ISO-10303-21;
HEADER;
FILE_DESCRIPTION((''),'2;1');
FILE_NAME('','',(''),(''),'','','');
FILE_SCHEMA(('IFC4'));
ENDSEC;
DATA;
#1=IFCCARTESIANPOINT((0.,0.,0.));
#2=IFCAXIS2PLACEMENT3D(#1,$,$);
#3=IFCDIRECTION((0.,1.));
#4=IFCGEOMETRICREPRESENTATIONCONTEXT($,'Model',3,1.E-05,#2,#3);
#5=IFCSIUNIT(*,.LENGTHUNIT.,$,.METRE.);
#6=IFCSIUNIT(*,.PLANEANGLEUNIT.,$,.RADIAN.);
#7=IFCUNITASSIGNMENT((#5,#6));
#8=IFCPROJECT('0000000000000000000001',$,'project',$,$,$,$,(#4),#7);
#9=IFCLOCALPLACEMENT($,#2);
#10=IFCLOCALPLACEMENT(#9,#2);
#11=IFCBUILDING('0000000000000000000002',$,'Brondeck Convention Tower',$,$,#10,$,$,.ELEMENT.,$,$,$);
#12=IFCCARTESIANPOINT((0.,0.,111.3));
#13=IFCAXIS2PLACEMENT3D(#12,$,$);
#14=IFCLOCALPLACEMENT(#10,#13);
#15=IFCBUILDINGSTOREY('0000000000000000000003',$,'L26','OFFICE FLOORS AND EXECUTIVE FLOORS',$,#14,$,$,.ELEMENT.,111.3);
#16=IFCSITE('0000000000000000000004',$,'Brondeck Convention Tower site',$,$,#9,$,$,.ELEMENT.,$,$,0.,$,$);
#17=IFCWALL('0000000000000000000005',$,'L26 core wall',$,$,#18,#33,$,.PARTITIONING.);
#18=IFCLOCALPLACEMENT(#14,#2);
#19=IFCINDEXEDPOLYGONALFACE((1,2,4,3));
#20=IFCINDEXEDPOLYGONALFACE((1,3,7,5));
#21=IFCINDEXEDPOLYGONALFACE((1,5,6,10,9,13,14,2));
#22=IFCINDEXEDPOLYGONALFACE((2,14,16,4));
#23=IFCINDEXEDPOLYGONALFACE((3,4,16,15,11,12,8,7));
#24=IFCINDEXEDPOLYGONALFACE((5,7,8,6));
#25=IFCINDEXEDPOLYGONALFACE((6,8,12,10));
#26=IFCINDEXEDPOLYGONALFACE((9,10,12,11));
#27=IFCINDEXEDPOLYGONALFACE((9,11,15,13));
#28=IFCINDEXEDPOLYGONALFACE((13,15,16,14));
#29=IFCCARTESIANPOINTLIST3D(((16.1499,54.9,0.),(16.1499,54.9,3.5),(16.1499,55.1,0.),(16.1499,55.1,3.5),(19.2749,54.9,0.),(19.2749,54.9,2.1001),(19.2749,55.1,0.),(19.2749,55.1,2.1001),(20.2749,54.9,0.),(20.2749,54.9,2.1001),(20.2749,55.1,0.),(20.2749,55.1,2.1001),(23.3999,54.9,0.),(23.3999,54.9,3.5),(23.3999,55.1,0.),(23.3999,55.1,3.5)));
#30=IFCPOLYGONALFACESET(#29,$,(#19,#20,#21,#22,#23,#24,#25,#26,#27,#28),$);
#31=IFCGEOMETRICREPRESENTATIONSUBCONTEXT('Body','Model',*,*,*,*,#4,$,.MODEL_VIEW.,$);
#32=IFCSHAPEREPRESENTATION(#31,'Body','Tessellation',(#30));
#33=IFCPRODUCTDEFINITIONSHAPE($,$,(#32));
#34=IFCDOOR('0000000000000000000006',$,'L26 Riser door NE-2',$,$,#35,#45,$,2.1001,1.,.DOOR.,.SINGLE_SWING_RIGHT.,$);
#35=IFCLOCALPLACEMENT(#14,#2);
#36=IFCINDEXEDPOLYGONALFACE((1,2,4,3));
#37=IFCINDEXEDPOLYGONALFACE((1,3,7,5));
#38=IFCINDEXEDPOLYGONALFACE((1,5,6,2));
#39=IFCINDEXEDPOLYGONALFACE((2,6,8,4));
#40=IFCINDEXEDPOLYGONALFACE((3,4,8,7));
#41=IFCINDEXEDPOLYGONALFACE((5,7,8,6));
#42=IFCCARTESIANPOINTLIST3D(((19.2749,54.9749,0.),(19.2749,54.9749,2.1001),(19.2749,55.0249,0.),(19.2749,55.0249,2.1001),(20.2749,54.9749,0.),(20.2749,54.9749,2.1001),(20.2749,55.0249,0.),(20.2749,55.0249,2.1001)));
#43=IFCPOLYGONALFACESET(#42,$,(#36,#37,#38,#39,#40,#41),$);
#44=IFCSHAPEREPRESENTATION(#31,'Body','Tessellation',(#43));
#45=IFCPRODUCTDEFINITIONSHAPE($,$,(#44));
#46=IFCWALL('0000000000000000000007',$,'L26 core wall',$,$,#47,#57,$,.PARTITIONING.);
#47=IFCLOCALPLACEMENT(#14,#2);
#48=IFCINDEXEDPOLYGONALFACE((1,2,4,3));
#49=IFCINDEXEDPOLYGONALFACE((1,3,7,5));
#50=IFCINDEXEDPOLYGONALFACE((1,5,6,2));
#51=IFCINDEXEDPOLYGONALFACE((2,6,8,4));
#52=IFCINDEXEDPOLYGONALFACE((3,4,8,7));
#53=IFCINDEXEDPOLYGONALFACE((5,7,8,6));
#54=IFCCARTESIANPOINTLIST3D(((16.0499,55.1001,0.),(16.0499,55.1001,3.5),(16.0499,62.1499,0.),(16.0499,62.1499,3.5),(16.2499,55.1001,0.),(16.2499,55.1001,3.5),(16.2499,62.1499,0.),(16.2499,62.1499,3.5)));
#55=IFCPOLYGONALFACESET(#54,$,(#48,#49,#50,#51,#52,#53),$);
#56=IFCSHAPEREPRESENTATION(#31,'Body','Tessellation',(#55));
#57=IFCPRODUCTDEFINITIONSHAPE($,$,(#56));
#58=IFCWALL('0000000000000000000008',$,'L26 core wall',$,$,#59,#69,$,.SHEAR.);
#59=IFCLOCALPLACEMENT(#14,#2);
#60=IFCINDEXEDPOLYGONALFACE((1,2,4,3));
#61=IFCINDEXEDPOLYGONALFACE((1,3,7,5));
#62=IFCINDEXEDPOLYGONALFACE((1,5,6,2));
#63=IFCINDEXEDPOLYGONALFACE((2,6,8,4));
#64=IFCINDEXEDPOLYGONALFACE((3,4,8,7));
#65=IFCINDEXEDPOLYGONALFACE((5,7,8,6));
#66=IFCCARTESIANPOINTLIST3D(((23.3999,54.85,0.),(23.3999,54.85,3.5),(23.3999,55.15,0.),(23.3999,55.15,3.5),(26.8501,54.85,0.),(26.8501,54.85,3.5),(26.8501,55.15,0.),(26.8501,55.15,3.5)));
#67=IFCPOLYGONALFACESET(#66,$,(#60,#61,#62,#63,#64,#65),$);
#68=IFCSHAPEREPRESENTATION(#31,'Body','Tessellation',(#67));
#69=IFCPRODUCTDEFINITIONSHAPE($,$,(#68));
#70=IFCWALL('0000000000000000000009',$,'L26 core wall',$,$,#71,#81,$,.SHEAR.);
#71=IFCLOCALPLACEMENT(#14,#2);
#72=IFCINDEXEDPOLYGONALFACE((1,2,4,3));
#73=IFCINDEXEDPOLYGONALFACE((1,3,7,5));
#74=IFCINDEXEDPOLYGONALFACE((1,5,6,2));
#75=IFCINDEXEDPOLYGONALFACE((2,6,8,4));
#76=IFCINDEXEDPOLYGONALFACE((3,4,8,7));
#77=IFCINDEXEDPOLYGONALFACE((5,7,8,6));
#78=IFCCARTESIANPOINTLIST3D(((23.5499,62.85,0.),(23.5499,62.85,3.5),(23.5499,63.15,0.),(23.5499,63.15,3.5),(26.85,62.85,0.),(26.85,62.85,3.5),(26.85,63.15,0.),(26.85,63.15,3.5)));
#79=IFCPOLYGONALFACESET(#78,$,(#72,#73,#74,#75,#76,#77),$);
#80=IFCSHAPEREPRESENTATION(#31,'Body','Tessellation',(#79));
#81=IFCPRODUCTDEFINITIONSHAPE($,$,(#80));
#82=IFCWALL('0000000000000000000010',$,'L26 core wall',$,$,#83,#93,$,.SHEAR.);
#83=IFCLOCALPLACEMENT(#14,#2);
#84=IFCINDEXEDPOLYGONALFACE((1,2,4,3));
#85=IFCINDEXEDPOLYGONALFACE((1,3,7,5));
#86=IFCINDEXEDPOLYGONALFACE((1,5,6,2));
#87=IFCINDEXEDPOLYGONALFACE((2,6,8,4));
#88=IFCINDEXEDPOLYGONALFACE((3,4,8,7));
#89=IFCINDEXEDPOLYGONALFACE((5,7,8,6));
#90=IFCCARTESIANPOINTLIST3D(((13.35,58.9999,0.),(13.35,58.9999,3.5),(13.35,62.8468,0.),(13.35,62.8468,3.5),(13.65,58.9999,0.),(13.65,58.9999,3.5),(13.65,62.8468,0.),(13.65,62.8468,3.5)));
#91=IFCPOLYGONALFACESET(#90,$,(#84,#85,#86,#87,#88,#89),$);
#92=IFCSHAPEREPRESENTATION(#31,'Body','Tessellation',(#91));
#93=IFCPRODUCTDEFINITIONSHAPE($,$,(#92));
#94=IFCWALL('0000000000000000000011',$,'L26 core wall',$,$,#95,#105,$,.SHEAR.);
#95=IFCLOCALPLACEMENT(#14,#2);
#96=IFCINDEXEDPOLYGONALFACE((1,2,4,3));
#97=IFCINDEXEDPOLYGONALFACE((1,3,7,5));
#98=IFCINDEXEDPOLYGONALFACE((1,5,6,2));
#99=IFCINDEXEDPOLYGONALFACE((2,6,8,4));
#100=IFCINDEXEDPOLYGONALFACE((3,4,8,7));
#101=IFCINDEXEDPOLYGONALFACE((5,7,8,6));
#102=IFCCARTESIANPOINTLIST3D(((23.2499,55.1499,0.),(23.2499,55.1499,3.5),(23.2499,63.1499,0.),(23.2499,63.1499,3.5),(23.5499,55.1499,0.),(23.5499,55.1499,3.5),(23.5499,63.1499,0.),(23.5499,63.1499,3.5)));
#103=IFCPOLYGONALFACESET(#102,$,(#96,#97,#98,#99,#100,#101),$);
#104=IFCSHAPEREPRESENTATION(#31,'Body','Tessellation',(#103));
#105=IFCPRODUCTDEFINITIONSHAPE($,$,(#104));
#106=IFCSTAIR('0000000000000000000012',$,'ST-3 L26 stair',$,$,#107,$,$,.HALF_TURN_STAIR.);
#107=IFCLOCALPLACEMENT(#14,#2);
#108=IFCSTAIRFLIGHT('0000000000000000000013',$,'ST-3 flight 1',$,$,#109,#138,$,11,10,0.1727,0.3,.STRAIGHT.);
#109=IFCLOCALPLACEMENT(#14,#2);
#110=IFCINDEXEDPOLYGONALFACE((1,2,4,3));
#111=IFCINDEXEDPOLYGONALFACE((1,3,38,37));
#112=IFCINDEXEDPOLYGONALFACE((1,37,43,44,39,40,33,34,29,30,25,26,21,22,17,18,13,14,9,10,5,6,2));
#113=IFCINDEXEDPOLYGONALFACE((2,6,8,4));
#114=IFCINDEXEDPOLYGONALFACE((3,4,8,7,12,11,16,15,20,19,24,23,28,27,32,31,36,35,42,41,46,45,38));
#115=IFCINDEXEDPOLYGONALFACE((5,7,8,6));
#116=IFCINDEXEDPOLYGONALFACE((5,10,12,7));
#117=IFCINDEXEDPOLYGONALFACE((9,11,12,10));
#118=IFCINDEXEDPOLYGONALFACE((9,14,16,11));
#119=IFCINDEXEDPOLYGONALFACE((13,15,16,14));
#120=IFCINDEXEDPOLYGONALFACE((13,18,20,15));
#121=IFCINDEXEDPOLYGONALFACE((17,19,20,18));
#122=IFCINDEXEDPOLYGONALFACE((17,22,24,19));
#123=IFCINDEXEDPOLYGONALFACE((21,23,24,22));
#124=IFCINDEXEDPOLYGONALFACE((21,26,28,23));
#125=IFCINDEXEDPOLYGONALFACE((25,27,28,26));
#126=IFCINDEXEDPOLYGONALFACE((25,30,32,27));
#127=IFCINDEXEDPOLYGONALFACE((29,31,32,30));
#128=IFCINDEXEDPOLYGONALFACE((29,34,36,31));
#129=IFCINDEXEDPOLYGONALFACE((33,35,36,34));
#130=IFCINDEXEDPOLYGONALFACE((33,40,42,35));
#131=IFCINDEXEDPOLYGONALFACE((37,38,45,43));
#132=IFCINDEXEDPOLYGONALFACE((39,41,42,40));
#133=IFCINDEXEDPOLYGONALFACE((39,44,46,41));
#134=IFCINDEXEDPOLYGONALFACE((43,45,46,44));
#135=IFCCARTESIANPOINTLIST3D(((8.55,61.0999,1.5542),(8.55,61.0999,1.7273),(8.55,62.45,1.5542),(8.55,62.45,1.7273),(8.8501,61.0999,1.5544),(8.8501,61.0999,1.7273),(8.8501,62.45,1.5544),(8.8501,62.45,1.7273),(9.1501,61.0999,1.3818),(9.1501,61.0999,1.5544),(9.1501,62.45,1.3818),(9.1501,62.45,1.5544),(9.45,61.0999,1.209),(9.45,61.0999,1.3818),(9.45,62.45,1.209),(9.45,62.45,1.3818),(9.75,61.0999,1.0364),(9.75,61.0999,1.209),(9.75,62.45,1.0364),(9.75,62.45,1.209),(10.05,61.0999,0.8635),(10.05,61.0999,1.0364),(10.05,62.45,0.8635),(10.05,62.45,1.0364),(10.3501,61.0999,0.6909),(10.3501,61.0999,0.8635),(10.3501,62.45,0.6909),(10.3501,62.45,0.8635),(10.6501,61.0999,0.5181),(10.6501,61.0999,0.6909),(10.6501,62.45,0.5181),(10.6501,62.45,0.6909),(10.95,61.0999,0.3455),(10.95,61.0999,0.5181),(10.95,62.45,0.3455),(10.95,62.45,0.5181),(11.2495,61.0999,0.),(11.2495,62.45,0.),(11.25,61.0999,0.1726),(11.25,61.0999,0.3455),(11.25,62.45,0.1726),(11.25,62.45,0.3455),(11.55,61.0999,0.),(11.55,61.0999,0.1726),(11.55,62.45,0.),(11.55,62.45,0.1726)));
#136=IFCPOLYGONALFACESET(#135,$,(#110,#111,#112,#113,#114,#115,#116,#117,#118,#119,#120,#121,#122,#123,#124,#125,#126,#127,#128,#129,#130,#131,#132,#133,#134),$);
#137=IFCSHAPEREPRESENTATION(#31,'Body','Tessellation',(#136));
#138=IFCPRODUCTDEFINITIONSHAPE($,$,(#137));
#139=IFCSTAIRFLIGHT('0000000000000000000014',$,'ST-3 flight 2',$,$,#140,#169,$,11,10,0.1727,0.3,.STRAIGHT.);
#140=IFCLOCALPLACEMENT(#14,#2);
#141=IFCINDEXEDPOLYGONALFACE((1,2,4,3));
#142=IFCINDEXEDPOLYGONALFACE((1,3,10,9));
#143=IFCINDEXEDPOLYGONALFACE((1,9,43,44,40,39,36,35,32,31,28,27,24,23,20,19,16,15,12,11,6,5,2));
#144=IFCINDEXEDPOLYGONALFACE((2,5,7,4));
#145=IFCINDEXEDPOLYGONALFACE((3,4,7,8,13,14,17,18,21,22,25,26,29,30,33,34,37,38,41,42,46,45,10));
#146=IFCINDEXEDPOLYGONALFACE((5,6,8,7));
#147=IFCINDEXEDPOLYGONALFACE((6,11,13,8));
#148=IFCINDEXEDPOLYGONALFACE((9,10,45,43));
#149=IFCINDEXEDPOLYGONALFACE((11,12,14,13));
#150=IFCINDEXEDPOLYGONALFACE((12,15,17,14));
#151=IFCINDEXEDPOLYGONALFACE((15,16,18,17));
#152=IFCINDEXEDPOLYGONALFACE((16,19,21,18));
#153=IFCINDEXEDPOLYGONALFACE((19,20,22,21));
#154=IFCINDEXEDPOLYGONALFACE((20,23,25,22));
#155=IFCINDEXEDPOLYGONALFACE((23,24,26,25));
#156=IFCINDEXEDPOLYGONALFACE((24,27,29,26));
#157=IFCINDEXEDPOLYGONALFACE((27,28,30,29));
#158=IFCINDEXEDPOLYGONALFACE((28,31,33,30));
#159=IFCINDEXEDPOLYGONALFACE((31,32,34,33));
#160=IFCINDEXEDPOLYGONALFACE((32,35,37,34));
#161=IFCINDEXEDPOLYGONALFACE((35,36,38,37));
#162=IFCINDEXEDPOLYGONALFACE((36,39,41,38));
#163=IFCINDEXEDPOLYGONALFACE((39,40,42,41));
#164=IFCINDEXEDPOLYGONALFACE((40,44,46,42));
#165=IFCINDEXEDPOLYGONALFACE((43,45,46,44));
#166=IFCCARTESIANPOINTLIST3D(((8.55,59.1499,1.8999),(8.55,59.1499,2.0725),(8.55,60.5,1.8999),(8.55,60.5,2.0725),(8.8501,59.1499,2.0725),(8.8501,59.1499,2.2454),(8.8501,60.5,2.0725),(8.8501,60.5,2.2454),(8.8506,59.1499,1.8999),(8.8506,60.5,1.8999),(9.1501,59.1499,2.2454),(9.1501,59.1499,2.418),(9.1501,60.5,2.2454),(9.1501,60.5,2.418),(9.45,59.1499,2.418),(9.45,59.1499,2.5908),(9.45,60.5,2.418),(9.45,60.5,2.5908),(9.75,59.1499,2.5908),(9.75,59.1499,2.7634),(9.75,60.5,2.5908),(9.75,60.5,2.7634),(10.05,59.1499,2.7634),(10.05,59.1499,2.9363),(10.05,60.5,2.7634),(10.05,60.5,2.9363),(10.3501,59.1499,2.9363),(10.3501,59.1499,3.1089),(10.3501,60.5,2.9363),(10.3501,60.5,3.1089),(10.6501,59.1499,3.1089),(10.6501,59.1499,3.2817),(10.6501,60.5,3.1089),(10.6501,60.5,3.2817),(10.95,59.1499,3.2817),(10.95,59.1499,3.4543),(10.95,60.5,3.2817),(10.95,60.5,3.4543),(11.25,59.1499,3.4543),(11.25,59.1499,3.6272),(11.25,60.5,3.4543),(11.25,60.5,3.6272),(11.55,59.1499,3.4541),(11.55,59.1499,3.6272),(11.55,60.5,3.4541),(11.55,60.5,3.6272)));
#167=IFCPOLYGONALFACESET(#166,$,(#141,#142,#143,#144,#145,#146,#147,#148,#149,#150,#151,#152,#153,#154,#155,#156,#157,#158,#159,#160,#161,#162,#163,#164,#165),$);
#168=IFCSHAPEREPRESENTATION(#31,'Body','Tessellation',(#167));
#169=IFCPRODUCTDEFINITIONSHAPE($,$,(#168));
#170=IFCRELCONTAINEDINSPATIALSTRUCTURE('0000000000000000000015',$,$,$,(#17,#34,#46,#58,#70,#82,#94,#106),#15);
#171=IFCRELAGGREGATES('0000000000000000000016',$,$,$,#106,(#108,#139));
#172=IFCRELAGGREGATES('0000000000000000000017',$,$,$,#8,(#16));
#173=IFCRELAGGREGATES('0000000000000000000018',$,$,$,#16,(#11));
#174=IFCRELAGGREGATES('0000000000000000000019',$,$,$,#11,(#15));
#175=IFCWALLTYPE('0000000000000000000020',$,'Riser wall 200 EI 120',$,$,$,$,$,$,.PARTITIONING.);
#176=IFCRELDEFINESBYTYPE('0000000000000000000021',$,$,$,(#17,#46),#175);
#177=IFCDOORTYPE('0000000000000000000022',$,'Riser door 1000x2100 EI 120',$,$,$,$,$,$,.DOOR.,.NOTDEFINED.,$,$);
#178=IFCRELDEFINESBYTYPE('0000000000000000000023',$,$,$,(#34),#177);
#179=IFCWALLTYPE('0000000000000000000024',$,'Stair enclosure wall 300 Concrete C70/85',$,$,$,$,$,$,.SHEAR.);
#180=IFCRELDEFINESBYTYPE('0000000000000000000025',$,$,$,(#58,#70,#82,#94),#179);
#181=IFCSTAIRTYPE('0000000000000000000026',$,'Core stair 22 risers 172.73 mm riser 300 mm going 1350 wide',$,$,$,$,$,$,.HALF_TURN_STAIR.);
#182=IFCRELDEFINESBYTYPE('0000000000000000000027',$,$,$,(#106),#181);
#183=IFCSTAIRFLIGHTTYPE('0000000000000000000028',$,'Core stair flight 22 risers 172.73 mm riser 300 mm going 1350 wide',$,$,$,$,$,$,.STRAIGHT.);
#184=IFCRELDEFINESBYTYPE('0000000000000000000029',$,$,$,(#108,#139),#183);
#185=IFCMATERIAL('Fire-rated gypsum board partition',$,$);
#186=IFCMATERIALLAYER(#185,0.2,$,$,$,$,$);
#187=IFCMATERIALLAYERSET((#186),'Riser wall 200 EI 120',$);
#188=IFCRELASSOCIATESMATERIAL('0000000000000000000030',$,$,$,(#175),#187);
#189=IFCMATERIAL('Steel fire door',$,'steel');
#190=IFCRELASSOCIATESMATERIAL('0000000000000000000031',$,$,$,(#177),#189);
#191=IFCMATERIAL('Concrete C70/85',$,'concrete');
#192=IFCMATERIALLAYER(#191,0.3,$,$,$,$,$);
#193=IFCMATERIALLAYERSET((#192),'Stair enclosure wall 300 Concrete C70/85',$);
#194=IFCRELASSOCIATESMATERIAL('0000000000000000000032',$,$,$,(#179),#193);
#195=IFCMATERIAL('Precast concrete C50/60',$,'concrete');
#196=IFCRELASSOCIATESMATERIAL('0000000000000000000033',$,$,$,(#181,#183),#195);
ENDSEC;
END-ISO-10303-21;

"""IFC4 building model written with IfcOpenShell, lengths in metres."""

from ifc_helpers import new_model, si_unit, direction, frame, frame_2d, origin, place, context, subcontext, project, spatial, polyline, rectangle, outline, extrude, material, layer, layer_set, type_object, element, fill, aggregate, save


model = new_model("IFC4")

# Units and contexts
model_context = context("Model", 3, precision=1e-05, world=origin(), true_north=direction((0.0, 1.0)))
body_context = subcontext(model_context, "Body", "Model", "MODEL_VIEW")
ifc_project = project(units=[si_unit("LENGTHUNIT", "METRE"), si_unit("PLANEANGLEUNIT", "RADIAN")], contexts=[model_context])

# Site, building, storey
site_placement = place(None, origin())
site = spatial("IfcSite", under=ifc_project, at=site_placement, Name="Brondeck Convention Tower site", CompositionType="ELEMENT", RefElevation=0.0)
building_placement = place(site_placement, origin())
building = spatial("IfcBuilding", under=site, at=building_placement, Name="Brondeck Convention Tower", CompositionType="ELEMENT")
storey_placement = place(building_placement, frame((0.0, 0.0, 111.3)))
storey = spatial("IfcBuildingStorey", under=building, at=storey_placement, Name="L26", Description="OFFICE FLOORS AND EXECUTIVE FLOORS", CompositionType="ELEMENT", Elevation=111.3)

# Shared definitions
ifc_material_1 = material(Name="Concrete C70/85", Category="concrete")

# Shared definitions
ifc_material_2 = material(Name="Fire-rated gypsum board partition")
ifc_material_3 = material(Name="Steel fire door", Category="steel")

# Shared definitions
ifc_layer_1 = layer(ifc_material_2, 0.2)
ifc_layer_set_1 = layer_set([ifc_layer_1], Name="Riser wall 200 EI 120")
wall_type_1 = type_object("IfcWallType", Name="Riser wall 200 EI 120", PredefinedType="PARTITIONING", material=ifc_layer_set_1)

# Wall, opening, door
wall_1_placement = place(storey_placement, frame((16.1499, 55.0, 0.0), z_axis=(0.0, 0.0, 1.0), x_axis=(1.0, 0.0, 0.0)))
wall_1 = element("IfcWall", 1, at=wall_1_placement, inside=storey, type_object=wall_type_1, Name="L26 core wall", PredefinedType="PARTITIONING", context=body_context, shape_type="SweptSolid", body=[
    extrude(rectangle(XDim=7.25, YDim=0.2, at=frame_2d((3.625, 0.0))), origin(), (0.0, 0.0, 1.0), 3.5),
])
opening_1_placement = place(wall_1_placement, frame((3.125, 0.0, 0.0)))
opening_1 = element("IfcOpeningElement", 2, at=opening_1_placement, cuts=wall_1, PredefinedType="OPENING", context=body_context, shape_type="SweptSolid", body=[
    extrude(rectangle(XDim=1.0, YDim=2.1001, at=frame_2d((0.5, 1.05))), frame((0.0, 0.1099, 0.0), z_axis=(0.0, -1.0, 0.0), x_axis=(1.0, 0.0, 0.0)), (0.0, 0.0, 1.0), 0.22),
])
door_type_1 = type_object("IfcDoorType", Name="Riser door 1000x2100 EI 120", OperationType="NOTDEFINED", PredefinedType="DOOR", material=ifc_material_3)
door_1_placement = place(opening_1_placement, origin())
door_1 = element("IfcDoor", 3, at=door_1_placement, inside=storey, type_object=door_type_1, Name="L26 Riser door NE-2", OperationType="SINGLE_SWING_RIGHT", OverallHeight=2.1001, OverallWidth=1.0, PredefinedType="DOOR", context=body_context, shape_type="SweptSolid", body=[
    extrude(rectangle(XDim=1.0, YDim=2.1001, at=frame_2d((0.5, 1.05))), frame((0.0, 0.0249, 0.0), z_axis=(0.0, -1.0, 0.0), x_axis=(1.0, 0.0, 0.0)), (0.0, 0.0, 1.0), 0.05),
])
fill(opening_1, door_1)

# Walls
wall_2_placement = place(storey_placement, frame((16.1499, 55.1001, 0.0), z_axis=(0.0, 0.0, 1.0), x_axis=(0.0, 1.0, 0.0)))
element("IfcWall", 4, at=wall_2_placement, inside=storey, type_object=wall_type_1, Name="L26 core wall", PredefinedType="PARTITIONING", context=body_context, shape_type="SweptSolid", body=[
    extrude(rectangle(XDim=7.0498, YDim=0.2, at=frame_2d((3.5249, 0.0))), origin(), (0.0, 0.0, 1.0), 3.5),
])
ifc_layer_2 = layer(ifc_material_1, 0.3)
ifc_layer_set_2 = layer_set([ifc_layer_2], Name="Stair enclosure wall 300 Concrete C70/85")
wall_type_2 = type_object("IfcWallType", Name="Stair enclosure wall 300 Concrete C70/85", PredefinedType="SHEAR", material=ifc_layer_set_2)
wall_3_placement = place(storey_placement, frame((23.3999, 55.0, 0.0), z_axis=(0.0, 0.0, 1.0), x_axis=(1.0, 0.0, 0.0)))
element("IfcWall", 5, at=wall_3_placement, inside=storey, type_object=wall_type_2, Name="L26 core wall", PredefinedType="SHEAR", context=body_context, shape_type="SweptSolid", body=[
    extrude(rectangle(XDim=3.4502, YDim=0.3, at=frame_2d((1.7251, 0.0))), origin(), (0.0, 0.0, 1.0), 3.5),
])
wall_4_placement = place(storey_placement, frame((23.55, 63.0, 0.0), z_axis=(0.0, 0.0, 1.0), x_axis=(1.0, 0.0, 0.0)))
element("IfcWall", 6, at=wall_4_placement, inside=storey, type_object=wall_type_2, Name="L26 core wall", PredefinedType="SHEAR", context=body_context, shape_type="SweptSolid", body=[
    extrude(rectangle(XDim=3.3, YDim=0.3, at=frame_2d((1.6499, 0.0))), origin(), (0.0, 0.0, 1.0), 3.5),
])
wall_5_placement = place(storey_placement, frame((13.5, 59.0, 0.0), z_axis=(0.0, 0.0, 1.0), x_axis=(0.0, 1.0, 0.0)))
element("IfcWall", 7, at=wall_5_placement, inside=storey, type_object=wall_type_2, Name="L26 core wall", PredefinedType="SHEAR", context=body_context, shape_type="SweptSolid", body=[
    extrude(rectangle(XDim=3.8469, YDim=0.3, at=frame_2d((1.9233, 0.0))), origin(), (0.0, 0.0, 1.0), 3.5),
])
wall_6_placement = place(storey_placement, frame((23.3999, 55.1499, 0.0), z_axis=(0.0, 0.0, 1.0), x_axis=(0.0, 1.0, 0.0)))
element("IfcWall", 8, at=wall_6_placement, inside=storey, type_object=wall_type_2, Name="L26 core wall", PredefinedType="SHEAR", context=body_context, shape_type="SweptSolid", body=[
    extrude(rectangle(XDim=8.0, YDim=0.3, at=frame_2d((4.0, 0.0))), origin(), (0.0, 0.0, 1.0), 3.5),
])

# Stair, stair flights
ifc_material_4 = material(Name="Precast concrete C50/60", Category="concrete")
stair_type = type_object("IfcStairType", Name="Core stair 22 risers 172.73 mm riser 300 mm going 1350 wide", PredefinedType="HALF_TURN_STAIR", material=ifc_material_4)
stair_placement = place(storey_placement, origin())
stair = element("IfcStair", 9, at=stair_placement, inside=storey, type_object=stair_type, Name="ST-3 L26 stair", PredefinedType="HALF_TURN_STAIR")
stair_flight_type = type_object("IfcStairFlightType", Name="Core stair flight 22 risers 172.73 mm riser 300 mm going 1350 wide", PredefinedType="STRAIGHT", material=ifc_material_4)
stair_flight_1_placement = place(storey_placement, frame((11.55, 61.7749, 0.0), z_axis=(0.0, 0.0, 1.0), x_axis=(-1.0, 0.0, 0.0)))
stair_flight_1 = element("IfcStairFlight", 10, at=stair_flight_1_placement, type_object=stair_flight_type, Name="ST-3 flight 1", NumberOfRisers=11, NumberOfTreads=10, PredefinedType="STRAIGHT", RiserHeight=0.1727, TreadLength=0.3, context=body_context, shape_type="SweptSolid", body=[
    extrude(outline(polyline([(0.0, 0.0), (0.0, 0.1726), (0.3, 0.1726), (0.3, 0.3455), (0.6001, 0.3455), (0.6001, 0.5181), (0.8999, 0.5181), (0.8999, 0.6909), (1.2, 0.6909), (1.2, 0.8635), (1.5, 0.8635), (1.5, 1.0364), (1.8, 1.0364), (1.8, 1.209), (2.1001, 1.209), (2.1001, 1.3818), (2.3999, 1.3818), (2.3999, 1.5544), (2.7, 1.5544), (2.7, 1.7273), (3.0, 1.7273), (3.0, 1.8999), (3.0, 1.5542), (0.3005, 0.0), (0.0, 0.0)])), frame((0.0, 0.675, 0.0), z_axis=(0.0, -1.0, 0.0), x_axis=(1.0, 0.0, 0.0)), (0.0, 0.0, 1.0), 1.3501),
])
stair_flight_2_placement = place(storey_placement, frame((8.55, 59.825, 1.8999), z_axis=(0.0, 0.0, 1.0), x_axis=(1.0, 0.0, 0.0)))
stair_flight_2 = element("IfcStairFlight", 11, at=stair_flight_2_placement, type_object=stair_flight_type, Name="ST-3 flight 2", NumberOfRisers=11, NumberOfTreads=10, PredefinedType="STRAIGHT", RiserHeight=0.1727, TreadLength=0.3, context=body_context, shape_type="SweptSolid", body=[
    extrude(outline(polyline([(0.0, 0.0), (0.0, 0.1726), (0.3, 0.1726), (0.3, 0.3455), (0.6001, 0.3455), (0.6001, 0.5181), (0.8999, 0.5181), (0.8999, 0.6909), (1.2, 0.6909), (1.2, 0.8635), (1.5, 0.8635), (1.5, 1.0364), (1.8, 1.0364), (1.8, 1.209), (2.1001, 1.209), (2.1001, 1.3818), (2.3999, 1.3818), (2.3999, 1.5544), (2.7, 1.5544), (2.7, 1.7273), (3.0, 1.7273), (3.0, 1.8999), (3.0, 1.5542), (0.3005, 0.0), (0.0, 0.0)])), frame((0.0, 0.675, 0.0), z_axis=(0.0, -1.0, 0.0), x_axis=(1.0, 0.0, 0.0)), (0.0, 0.0, 1.0), 1.3501),
])
aggregate(stair, [stair_flight_1, stair_flight_2])

save(model, "model.ifc")
